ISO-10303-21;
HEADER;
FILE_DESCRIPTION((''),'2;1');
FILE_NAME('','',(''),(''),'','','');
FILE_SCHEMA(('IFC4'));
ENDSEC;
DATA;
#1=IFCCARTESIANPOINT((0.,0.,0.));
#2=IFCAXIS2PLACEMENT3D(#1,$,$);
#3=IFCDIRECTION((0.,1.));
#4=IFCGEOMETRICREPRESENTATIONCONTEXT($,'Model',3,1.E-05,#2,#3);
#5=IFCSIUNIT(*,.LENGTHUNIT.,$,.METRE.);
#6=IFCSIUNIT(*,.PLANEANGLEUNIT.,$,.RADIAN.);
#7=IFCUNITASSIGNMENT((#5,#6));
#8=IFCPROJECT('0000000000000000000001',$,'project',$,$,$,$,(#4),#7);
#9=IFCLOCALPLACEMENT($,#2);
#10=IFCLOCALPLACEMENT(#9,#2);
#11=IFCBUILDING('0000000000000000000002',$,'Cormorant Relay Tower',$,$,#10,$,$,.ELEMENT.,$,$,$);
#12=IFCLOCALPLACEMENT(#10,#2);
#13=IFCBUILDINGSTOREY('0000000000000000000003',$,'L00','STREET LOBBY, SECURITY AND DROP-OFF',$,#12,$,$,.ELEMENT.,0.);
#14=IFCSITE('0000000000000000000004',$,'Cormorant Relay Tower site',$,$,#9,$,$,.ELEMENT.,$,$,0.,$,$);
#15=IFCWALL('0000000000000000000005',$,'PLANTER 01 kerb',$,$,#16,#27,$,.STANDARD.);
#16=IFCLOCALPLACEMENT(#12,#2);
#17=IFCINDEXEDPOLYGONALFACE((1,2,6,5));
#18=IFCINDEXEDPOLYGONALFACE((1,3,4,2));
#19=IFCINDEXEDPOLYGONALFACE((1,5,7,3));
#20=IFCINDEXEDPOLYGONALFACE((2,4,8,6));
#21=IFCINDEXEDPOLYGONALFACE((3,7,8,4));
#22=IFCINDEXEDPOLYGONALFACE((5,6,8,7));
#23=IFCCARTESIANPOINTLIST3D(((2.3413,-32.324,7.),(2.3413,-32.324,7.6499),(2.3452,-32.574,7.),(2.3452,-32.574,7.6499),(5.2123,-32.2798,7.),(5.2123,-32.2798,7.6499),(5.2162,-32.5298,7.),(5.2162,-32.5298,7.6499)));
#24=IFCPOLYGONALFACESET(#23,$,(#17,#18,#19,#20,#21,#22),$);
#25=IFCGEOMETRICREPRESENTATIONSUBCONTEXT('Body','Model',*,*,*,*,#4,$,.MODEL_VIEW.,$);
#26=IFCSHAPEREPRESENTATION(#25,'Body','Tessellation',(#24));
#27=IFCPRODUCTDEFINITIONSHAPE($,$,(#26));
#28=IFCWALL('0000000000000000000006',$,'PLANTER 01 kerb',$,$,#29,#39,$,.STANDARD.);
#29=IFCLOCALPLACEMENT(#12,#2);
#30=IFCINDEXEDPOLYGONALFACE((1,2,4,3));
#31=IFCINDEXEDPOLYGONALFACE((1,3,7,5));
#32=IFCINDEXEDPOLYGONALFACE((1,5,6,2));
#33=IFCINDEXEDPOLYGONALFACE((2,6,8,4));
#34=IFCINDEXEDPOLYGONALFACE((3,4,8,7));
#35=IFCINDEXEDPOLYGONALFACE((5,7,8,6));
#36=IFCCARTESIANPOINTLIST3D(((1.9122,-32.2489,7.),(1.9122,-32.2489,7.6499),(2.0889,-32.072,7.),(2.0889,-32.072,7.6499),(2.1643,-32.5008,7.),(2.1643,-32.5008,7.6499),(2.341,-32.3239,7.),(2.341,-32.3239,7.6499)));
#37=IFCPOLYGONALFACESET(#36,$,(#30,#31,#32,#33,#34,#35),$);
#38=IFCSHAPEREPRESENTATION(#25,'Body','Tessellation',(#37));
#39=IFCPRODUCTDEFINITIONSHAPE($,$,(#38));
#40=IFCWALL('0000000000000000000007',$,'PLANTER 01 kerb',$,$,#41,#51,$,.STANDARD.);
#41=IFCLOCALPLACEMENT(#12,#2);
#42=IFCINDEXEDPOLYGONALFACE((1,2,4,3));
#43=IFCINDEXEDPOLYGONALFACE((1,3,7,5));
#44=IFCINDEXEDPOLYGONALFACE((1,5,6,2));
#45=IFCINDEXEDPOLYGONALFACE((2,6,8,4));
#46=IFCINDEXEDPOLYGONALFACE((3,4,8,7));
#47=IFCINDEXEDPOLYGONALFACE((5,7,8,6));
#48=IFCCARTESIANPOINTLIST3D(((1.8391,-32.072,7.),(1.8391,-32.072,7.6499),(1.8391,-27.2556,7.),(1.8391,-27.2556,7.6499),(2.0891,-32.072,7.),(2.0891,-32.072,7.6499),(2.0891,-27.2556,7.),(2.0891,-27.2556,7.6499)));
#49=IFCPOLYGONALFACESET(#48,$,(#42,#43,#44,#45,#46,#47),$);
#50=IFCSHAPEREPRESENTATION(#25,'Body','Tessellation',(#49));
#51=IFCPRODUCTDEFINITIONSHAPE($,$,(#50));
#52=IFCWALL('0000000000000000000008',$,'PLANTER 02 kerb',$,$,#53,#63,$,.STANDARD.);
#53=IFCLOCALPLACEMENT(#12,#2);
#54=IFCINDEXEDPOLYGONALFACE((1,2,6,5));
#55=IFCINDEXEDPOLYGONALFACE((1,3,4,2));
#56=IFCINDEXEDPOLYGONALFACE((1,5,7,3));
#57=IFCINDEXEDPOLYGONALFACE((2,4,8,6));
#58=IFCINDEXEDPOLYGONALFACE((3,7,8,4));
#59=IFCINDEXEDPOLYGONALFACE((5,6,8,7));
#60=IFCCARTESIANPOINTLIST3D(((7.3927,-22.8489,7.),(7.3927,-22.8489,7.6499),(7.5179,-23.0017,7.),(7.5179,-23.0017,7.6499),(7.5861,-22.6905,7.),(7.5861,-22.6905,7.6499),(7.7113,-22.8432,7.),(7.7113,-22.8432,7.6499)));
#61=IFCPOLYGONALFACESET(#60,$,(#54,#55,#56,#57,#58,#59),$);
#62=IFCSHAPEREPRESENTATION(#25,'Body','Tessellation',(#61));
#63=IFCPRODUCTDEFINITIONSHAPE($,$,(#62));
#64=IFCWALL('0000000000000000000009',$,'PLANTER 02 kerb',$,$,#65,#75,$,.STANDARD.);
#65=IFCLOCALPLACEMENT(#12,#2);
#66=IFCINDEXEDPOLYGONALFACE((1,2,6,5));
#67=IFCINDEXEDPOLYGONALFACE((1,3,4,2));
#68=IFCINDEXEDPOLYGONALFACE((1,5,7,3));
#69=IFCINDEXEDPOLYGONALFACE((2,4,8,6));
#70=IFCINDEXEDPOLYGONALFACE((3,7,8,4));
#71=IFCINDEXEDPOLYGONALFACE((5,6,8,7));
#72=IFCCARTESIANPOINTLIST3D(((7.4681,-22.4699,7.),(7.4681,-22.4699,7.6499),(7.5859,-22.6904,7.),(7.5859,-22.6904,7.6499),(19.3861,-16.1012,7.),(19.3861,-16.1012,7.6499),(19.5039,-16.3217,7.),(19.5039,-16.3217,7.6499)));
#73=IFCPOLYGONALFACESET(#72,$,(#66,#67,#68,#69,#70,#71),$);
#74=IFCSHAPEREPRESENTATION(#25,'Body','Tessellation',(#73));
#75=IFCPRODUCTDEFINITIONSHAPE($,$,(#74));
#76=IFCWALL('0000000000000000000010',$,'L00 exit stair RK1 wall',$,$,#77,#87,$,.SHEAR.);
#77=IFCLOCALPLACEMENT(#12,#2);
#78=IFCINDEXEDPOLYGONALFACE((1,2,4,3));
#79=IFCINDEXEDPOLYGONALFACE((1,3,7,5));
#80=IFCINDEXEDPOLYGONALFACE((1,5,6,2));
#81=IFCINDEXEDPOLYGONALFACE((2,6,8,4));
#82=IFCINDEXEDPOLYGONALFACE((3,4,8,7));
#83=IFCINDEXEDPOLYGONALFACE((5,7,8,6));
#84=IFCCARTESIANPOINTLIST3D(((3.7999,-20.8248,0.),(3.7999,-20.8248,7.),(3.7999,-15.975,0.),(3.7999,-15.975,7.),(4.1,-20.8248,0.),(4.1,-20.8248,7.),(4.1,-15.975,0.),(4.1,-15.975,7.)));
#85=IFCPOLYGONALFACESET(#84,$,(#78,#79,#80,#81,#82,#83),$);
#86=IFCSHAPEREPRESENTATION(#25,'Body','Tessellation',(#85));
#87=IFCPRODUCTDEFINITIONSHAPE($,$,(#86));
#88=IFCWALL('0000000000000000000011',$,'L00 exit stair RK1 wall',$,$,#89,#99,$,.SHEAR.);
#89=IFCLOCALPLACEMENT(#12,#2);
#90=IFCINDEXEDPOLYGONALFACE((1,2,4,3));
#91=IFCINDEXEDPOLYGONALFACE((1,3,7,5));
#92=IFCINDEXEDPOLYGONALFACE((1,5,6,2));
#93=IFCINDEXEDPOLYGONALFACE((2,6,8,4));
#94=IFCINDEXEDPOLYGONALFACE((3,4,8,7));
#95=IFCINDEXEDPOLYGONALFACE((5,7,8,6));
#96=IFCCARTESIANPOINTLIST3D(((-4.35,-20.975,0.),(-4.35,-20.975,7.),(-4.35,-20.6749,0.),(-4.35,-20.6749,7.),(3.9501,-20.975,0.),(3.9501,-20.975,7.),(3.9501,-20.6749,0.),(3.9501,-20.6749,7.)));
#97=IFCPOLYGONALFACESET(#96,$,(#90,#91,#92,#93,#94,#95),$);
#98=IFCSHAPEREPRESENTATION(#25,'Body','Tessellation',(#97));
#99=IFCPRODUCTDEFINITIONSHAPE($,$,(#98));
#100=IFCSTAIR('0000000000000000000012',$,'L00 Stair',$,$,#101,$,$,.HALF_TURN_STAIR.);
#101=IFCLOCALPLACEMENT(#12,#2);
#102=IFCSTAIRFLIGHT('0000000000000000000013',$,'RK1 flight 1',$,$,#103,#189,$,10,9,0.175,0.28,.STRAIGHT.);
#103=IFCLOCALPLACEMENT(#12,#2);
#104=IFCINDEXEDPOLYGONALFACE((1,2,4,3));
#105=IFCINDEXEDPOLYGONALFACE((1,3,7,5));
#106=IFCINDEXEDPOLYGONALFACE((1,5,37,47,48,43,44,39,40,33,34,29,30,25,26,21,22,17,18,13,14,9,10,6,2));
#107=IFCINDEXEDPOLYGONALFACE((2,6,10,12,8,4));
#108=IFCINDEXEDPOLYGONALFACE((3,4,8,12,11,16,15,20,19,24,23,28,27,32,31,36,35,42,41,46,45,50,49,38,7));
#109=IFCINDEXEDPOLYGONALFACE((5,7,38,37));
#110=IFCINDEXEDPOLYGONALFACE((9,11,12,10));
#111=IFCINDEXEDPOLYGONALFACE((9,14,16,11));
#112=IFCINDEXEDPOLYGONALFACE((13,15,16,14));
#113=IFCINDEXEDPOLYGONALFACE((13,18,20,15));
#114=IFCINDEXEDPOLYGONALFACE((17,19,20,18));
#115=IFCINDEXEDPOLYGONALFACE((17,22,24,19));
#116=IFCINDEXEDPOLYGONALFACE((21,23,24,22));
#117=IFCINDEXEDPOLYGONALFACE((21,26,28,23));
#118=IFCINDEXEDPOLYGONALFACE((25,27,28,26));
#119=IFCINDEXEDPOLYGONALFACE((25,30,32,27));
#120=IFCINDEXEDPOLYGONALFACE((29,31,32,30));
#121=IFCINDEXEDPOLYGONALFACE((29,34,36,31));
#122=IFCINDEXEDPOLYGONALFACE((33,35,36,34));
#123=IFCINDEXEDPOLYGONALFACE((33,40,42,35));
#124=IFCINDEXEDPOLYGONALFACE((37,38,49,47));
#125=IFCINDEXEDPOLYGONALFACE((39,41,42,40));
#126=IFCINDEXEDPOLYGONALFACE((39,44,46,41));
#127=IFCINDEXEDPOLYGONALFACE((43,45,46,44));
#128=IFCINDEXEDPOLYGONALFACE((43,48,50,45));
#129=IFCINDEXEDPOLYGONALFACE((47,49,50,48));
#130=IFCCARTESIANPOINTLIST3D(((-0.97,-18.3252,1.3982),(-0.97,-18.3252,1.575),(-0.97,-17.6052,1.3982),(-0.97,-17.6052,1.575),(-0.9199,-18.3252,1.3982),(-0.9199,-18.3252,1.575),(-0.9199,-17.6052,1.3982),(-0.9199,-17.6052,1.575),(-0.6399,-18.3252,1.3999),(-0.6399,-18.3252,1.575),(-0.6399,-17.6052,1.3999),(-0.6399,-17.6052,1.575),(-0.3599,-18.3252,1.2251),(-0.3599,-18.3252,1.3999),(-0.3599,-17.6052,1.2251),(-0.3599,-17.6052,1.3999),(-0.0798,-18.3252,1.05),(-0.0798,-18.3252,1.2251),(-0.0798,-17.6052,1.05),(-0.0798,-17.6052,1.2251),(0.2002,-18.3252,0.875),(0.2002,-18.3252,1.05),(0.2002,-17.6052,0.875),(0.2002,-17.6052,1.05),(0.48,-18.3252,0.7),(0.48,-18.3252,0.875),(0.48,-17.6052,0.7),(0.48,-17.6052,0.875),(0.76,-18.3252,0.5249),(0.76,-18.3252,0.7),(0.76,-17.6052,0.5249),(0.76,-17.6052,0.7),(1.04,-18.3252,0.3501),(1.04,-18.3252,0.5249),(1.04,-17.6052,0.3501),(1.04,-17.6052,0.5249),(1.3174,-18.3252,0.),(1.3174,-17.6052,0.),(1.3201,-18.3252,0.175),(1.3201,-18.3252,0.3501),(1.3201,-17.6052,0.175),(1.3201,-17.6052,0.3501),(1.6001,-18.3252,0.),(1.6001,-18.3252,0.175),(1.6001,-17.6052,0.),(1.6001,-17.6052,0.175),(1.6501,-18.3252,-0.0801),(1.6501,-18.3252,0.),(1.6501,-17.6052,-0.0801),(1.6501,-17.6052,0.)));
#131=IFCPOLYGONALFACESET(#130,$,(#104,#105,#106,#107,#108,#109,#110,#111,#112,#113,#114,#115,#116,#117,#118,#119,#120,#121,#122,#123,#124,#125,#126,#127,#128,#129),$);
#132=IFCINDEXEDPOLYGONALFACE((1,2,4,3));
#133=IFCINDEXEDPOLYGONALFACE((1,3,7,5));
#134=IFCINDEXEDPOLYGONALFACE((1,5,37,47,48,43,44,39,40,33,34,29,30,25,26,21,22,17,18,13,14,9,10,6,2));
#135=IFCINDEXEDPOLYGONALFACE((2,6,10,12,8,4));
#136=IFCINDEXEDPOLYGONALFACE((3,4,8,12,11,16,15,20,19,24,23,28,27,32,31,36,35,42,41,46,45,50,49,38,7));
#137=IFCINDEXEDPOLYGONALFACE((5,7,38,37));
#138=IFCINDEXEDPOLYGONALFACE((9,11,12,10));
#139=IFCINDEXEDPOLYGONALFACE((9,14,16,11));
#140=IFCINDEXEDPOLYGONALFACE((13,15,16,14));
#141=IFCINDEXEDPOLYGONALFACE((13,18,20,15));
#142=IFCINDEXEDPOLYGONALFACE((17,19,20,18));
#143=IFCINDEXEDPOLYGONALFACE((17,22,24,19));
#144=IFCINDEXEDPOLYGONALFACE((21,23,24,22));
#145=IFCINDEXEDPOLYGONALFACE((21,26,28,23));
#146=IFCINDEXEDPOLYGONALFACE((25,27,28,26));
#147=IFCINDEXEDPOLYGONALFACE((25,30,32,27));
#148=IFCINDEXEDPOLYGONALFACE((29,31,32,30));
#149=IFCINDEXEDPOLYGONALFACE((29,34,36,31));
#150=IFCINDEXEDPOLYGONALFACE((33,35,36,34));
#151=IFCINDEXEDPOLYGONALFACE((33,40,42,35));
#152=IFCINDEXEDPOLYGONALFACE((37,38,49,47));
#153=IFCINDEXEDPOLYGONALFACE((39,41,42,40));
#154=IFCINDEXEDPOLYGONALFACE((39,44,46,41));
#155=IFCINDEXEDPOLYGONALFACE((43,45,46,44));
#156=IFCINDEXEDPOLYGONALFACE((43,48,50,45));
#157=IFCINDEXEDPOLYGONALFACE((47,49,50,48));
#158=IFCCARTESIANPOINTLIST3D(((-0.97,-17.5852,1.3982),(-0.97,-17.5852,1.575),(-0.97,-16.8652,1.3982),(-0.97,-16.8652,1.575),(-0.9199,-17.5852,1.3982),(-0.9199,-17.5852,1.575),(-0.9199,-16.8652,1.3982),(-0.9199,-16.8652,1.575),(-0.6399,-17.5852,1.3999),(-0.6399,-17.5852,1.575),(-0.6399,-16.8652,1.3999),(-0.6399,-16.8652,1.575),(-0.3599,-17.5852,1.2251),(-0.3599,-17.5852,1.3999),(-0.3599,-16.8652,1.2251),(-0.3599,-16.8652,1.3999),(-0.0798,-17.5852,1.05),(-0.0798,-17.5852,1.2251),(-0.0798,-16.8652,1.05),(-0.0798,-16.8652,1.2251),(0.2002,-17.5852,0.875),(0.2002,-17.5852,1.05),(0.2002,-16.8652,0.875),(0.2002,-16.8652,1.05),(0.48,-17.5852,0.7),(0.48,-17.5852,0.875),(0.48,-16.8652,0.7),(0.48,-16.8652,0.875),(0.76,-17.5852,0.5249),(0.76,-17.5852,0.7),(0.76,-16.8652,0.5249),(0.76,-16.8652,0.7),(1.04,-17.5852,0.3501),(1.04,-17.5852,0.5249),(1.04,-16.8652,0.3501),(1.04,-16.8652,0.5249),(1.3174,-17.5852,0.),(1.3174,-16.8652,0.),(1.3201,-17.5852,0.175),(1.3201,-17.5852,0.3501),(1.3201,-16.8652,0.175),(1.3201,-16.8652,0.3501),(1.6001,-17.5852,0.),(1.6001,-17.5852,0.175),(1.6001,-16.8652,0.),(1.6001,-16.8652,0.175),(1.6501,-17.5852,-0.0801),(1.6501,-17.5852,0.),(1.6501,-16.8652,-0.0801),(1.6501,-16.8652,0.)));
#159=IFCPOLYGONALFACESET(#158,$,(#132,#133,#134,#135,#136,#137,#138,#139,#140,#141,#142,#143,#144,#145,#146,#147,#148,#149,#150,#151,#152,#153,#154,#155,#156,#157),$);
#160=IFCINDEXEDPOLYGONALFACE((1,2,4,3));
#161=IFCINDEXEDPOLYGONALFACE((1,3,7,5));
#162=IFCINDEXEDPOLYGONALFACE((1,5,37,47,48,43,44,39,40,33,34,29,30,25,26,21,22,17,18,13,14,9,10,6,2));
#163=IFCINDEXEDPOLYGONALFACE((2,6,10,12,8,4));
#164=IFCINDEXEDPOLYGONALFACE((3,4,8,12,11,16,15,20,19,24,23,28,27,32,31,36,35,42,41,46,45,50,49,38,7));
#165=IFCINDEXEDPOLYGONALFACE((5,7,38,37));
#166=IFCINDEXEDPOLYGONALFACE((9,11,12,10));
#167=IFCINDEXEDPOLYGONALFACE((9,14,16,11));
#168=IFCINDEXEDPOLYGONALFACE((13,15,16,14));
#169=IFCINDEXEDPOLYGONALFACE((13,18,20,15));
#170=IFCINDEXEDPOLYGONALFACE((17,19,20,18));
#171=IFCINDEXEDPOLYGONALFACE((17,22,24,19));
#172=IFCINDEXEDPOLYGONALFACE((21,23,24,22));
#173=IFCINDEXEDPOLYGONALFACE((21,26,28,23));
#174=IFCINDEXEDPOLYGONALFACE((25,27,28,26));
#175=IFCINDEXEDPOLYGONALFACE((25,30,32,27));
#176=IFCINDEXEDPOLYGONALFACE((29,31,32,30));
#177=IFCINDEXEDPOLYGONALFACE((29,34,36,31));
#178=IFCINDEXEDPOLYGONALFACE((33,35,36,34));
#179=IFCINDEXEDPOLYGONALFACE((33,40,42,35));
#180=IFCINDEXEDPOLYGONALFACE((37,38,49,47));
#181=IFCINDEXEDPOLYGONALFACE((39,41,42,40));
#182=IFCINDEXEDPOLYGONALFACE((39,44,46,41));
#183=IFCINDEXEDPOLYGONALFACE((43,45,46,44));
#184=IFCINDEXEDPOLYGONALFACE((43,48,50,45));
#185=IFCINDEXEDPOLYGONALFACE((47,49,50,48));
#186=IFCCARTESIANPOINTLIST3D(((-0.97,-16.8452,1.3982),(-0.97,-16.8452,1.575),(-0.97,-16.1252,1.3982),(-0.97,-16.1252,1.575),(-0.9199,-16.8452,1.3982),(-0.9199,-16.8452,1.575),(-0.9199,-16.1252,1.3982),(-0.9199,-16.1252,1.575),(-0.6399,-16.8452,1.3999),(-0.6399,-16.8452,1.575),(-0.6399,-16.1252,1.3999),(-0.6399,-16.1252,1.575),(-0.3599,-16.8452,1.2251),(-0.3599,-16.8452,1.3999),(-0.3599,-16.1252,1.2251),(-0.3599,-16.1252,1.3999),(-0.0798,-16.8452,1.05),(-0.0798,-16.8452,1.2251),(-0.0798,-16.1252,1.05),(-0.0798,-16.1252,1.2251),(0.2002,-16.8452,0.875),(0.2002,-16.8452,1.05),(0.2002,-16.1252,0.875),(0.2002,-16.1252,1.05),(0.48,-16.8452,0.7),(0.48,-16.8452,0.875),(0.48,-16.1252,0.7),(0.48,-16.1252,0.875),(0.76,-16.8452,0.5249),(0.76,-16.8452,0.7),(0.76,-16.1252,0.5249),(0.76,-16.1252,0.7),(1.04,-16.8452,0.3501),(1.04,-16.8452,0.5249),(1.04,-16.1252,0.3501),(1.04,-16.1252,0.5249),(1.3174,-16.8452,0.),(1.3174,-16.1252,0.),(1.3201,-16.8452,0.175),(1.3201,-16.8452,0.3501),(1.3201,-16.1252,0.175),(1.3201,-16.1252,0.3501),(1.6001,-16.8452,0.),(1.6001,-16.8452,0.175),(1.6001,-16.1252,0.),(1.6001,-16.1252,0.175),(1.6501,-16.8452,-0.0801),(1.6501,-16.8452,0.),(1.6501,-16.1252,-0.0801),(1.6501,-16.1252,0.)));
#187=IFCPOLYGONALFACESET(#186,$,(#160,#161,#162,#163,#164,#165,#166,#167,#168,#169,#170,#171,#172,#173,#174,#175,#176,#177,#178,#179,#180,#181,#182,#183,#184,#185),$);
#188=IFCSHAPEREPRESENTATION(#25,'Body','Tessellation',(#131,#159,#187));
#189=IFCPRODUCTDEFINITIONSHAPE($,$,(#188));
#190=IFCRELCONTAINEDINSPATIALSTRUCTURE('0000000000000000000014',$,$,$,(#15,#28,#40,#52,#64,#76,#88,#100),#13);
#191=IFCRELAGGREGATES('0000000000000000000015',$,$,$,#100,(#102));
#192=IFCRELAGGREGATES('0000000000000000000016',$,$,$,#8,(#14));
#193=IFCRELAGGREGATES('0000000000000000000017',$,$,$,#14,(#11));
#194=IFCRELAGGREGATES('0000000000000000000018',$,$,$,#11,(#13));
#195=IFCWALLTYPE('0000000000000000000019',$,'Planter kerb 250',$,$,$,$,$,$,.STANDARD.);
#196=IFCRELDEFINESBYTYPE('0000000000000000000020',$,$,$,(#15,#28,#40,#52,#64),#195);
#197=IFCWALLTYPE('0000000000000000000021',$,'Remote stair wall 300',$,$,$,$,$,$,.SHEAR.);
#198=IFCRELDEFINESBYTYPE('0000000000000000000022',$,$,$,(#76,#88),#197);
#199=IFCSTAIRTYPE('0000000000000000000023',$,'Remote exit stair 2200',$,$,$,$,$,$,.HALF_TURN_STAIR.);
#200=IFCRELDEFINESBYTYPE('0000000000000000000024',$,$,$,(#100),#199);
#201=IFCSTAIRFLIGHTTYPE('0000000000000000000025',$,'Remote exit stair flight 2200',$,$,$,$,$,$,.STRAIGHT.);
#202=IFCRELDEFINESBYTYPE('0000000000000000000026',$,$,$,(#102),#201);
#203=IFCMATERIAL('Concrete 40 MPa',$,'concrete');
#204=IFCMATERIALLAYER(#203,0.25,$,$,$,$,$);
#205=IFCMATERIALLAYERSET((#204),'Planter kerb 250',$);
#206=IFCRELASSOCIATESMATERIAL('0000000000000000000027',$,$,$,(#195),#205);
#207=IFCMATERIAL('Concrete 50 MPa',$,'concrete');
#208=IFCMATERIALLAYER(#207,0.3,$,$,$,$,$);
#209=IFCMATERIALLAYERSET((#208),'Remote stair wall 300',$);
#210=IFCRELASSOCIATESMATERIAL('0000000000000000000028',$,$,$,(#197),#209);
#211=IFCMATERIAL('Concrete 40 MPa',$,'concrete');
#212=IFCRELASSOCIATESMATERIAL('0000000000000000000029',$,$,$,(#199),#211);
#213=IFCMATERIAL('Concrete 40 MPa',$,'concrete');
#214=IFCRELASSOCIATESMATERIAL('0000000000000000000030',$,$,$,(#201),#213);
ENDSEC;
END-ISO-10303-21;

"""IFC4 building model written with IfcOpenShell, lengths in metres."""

from ifc_helpers import new_model, si_unit, direction, frame, frame_2d, origin, place, context, subcontext, project, spatial, polyline, rectangle, outline, extrude, material, layer, layer_set, type_object, element, aggregate, save


model = new_model("IFC4")

# Units and contexts
model_context = context("Model", 3, precision=1e-05, world=origin(), true_north=direction((0.0, 1.0)))
body_context = subcontext(model_context, "Body", "Model", "MODEL_VIEW")
ifc_project = project(units=[si_unit("LENGTHUNIT", "METRE"), si_unit("PLANEANGLEUNIT", "RADIAN")], contexts=[model_context])

# Site, building, storey
site_placement = place(None, origin())
site = spatial("IfcSite", under=ifc_project, at=site_placement, Name="Cormorant Relay Tower site", CompositionType="ELEMENT", RefElevation=0.0)
building_placement = place(site_placement, origin())
building = spatial("IfcBuilding", under=site, at=building_placement, Name="Cormorant Relay Tower", CompositionType="ELEMENT")
storey_placement = place(building_placement, origin())
storey = spatial("IfcBuildingStorey", under=building, at=storey_placement, Name="L00", Description="STREET LOBBY, SECURITY AND DROP-OFF", CompositionType="ELEMENT", Elevation=0.0)

# Walls
ifc_material_1 = material(Name="Concrete 40 MPa", Category="concrete")
ifc_layer_1 = layer(ifc_material_1, 0.25)
ifc_layer_set_1 = layer_set([ifc_layer_1], Name="Planter kerb 250")
wall_type_1 = type_object("IfcWallType", Name="Planter kerb 250", PredefinedType="STANDARD", material=ifc_layer_set_1)
wall_1_placement = place(storey_placement, frame((5.2141, -32.4048, 7.0), z_axis=(0.0, 0.0, 1.0), x_axis=(-0.999882, -0.015389, 0.0)))
element("IfcWall", 1, at=wall_1_placement, inside=storey, type_object=wall_type_1, Name="PLANTER 01 kerb", PredefinedType="STANDARD", context=body_context, shape_type="SweptSolid", body=[
    extrude(rectangle(XDim=2.8713, YDim=0.25, at=frame_2d((1.4355, 0.0))), origin(), (0.0, 0.0, 1.0), 0.6499),
])
wall_2_placement = place(storey_placement, frame((2.2527, -32.4124, 7.0), z_axis=(0.0, 0.0, 1.0), x_axis=(-0.707449, 0.706764, 0.0)))
element("IfcWall", 2, at=wall_2_placement, inside=storey, type_object=wall_type_1, Name="PLANTER 01 kerb", PredefinedType="STANDARD", context=body_context, shape_type="SweptSolid", body=[
    extrude(rectangle(XDim=0.3564, YDim=0.25, at=frame_2d((0.1782, 0.0))), origin(), (0.0, 0.0, 1.0), 0.6499),
])
wall_3_placement = place(storey_placement, frame((1.9641, -32.072, 7.0), z_axis=(0.0, 0.0, 1.0), x_axis=(0.0, 1.0, 0.0)))
element("IfcWall", 3, at=wall_3_placement, inside=storey, type_object=wall_type_1, Name="PLANTER 01 kerb", PredefinedType="STANDARD", context=body_context, shape_type="SweptSolid", body=[
    extrude(rectangle(XDim=4.8164, YDim=0.25, at=frame_2d((2.4082, 0.0))), origin(), (0.0, 0.0, 1.0), 0.6499),
])
wall_4_placement = place(storey_placement, frame((7.6145, -22.9224, 7.0), z_axis=(0.0, 0.0, 1.0), x_axis=(-0.633843, 0.773462, 0.0)))
element("IfcWall", 4, at=wall_4_placement, inside=storey, type_object=wall_type_1, Name="PLANTER 02 kerb", PredefinedType="STANDARD", context=body_context, shape_type="SweptSolid", body=[
    extrude(rectangle(XDim=0.1975, YDim=0.25, at=frame_2d((0.0986, 0.0))), origin(), (0.0, 0.0, 1.0), 0.6499),
])
wall_5_placement = place(storey_placement, frame((7.5271, -22.5801, 7.0), z_axis=(0.0, 0.0, 1.0), x_axis=(0.881972, 0.471303, 0.0)))
element("IfcWall", 5, at=wall_5_placement, inside=storey, type_object=wall_type_1, Name="PLANTER 02 kerb", PredefinedType="STANDARD", context=body_context, shape_type="SweptSolid", body=[
    extrude(rectangle(XDim=13.5129, YDim=0.25, at=frame_2d((6.7563, 0.0))), origin(), (0.0, 0.0, 1.0), 0.6499),
])
ifc_material_2 = material(Name="Concrete 50 MPa", Category="concrete")
ifc_layer_2 = layer(ifc_material_2, 0.3)
ifc_layer_set_2 = layer_set([ifc_layer_2], Name="Remote stair wall 300")
wall_type_2 = type_object("IfcWallType", Name="Remote stair wall 300", PredefinedType="SHEAR", material=ifc_layer_set_2)
wall_6_placement = place(storey_placement, frame((3.95, -15.9751, 0.0), z_axis=(0.0, 0.0, 1.0), x_axis=(0.0, -1.0, 0.0)))
element("IfcWall", 6, at=wall_6_placement, inside=storey, type_object=wall_type_2, Name="L00 exit stair RK1 wall", PredefinedType="SHEAR", context=body_context, shape_type="SweptSolid", body=[
    extrude(rectangle(XDim=4.8499, YDim=0.3, at=frame_2d((2.4248, 0.0))), origin(), (0.0, 0.0, 1.0), 7.0),
])
wall_7_placement = place(storey_placement, frame((3.95, -20.825, 0.0), z_axis=(0.0, 0.0, 1.0), x_axis=(-1.0, 0.0, 0.0)))
element("IfcWall", 7, at=wall_7_placement, inside=storey, type_object=wall_type_2, Name="L00 exit stair RK1 wall", PredefinedType="SHEAR", context=body_context, shape_type="SweptSolid", body=[
    extrude(rectangle(XDim=8.3, YDim=0.3, at=frame_2d((4.1499, 0.0))), origin(), (0.0, 0.0, 1.0), 7.0),
])

# Stair, stair flight
ifc_material_3 = material(Name="Concrete 40 MPa", Category="concrete")
stair_type = type_object("IfcStairType", Name="Remote exit stair 2200", PredefinedType="HALF_TURN_STAIR", material=ifc_material_3)
stair_placement = place(storey_placement, origin())
stair = element("IfcStair", 8, at=stair_placement, inside=storey, type_object=stair_type, Name="L00 Stair", PredefinedType="HALF_TURN_STAIR")
ifc_material_4 = material(Name="Concrete 40 MPa", Category="concrete")
stair_flight_type = type_object("IfcStairFlightType", Name="Remote exit stair flight 2200", PredefinedType="STRAIGHT", material=ifc_material_4)
stair_flight_1_placement = place(storey_placement, frame((1.6001, -17.2251, 0.0), z_axis=(0.0, 0.0, 1.0), x_axis=(-1.0, 0.0, 0.0)))
stair_flight_1 = element("IfcStairFlight", 9, at=stair_flight_1_placement, type_object=stair_flight_type, Name="RK1 flight 1", NumberOfRisers=10, NumberOfTreads=9, PredefinedType="STRAIGHT", RiserHeight=0.175, TreadLength=0.28, context=body_context, shape_type="SweptSolid", body=[
    extrude(outline(polyline([(-0.05, -0.0801), (-0.05, 0.0), (0.0, 0.0), (0.0, 0.175), (0.28, 0.175), (0.28, 0.3501), (0.5601, 0.3501), (0.5601, 0.5249), (0.8401, 0.5249), (0.8401, 0.7), (1.1201, 0.7), (1.1201, 0.875), (1.3999, 0.875), (1.3999, 1.05), (1.6799, 1.05), (1.6799, 1.2251), (1.96, 1.2251), (1.96, 1.3999), (2.24, 1.3999), (2.24, 1.575), (2.52, 1.575), (2.5701, 1.575), (2.5701, 1.3982), (2.52, 1.3982), (0.2827, 0.0), (-0.05, -0.0801)])), frame((0.0, 1.1001, 0.0), z_axis=(0.0, -1.0, 0.0), x_axis=(1.0, 0.0, 0.0)), (0.0, 0.0, 1.0), 0.72),
    extrude(outline(polyline([(-0.05, -0.0801), (-0.05, 0.0), (0.0, 0.0), (0.0, 0.175), (0.28, 0.175), (0.28, 0.3501), (0.5601, 0.3501), (0.5601, 0.5249), (0.8401, 0.5249), (0.8401, 0.7), (1.1201, 0.7), (1.1201, 0.875), (1.3999, 0.875), (1.3999, 1.05), (1.6799, 1.05), (1.6799, 1.2251), (1.96, 1.2251), (1.96, 1.3999), (2.24, 1.3999), (2.24, 1.575), (2.52, 1.575), (2.5701, 1.575), (2.5701, 1.3982), (2.52, 1.3982), (0.2827, 0.0), (-0.05, -0.0801)])), frame((0.0, 0.3601, 0.0), z_axis=(0.0, -1.0, 0.0), x_axis=(1.0, 0.0, 0.0)), (0.0, 0.0, 1.0), 0.72),
    extrude(outline(polyline([(-0.05, -0.0801), (-0.05, 0.0), (0.0, 0.0), (0.0, 0.175), (0.28, 0.175), (0.28, 0.3501), (0.5601, 0.3501), (0.5601, 0.5249), (0.8401, 0.5249), (0.8401, 0.7), (1.1201, 0.7), (1.1201, 0.875), (1.3999, 0.875), (1.3999, 1.05), (1.6799, 1.05), (1.6799, 1.2251), (1.96, 1.2251), (1.96, 1.3999), (2.24, 1.3999), (2.24, 1.575), (2.52, 1.575), (2.5701, 1.575), (2.5701, 1.3982), (2.52, 1.3982), (0.2827, 0.0), (-0.05, -0.0801)])), frame((0.0, -0.3799, 0.0), z_axis=(0.0, -1.0, 0.0), x_axis=(1.0, 0.0, 0.0)), (0.0, 0.0, 1.0), 0.72),
])
aggregate(stair, [stair_flight_1])

save(model, "model.ifc")
